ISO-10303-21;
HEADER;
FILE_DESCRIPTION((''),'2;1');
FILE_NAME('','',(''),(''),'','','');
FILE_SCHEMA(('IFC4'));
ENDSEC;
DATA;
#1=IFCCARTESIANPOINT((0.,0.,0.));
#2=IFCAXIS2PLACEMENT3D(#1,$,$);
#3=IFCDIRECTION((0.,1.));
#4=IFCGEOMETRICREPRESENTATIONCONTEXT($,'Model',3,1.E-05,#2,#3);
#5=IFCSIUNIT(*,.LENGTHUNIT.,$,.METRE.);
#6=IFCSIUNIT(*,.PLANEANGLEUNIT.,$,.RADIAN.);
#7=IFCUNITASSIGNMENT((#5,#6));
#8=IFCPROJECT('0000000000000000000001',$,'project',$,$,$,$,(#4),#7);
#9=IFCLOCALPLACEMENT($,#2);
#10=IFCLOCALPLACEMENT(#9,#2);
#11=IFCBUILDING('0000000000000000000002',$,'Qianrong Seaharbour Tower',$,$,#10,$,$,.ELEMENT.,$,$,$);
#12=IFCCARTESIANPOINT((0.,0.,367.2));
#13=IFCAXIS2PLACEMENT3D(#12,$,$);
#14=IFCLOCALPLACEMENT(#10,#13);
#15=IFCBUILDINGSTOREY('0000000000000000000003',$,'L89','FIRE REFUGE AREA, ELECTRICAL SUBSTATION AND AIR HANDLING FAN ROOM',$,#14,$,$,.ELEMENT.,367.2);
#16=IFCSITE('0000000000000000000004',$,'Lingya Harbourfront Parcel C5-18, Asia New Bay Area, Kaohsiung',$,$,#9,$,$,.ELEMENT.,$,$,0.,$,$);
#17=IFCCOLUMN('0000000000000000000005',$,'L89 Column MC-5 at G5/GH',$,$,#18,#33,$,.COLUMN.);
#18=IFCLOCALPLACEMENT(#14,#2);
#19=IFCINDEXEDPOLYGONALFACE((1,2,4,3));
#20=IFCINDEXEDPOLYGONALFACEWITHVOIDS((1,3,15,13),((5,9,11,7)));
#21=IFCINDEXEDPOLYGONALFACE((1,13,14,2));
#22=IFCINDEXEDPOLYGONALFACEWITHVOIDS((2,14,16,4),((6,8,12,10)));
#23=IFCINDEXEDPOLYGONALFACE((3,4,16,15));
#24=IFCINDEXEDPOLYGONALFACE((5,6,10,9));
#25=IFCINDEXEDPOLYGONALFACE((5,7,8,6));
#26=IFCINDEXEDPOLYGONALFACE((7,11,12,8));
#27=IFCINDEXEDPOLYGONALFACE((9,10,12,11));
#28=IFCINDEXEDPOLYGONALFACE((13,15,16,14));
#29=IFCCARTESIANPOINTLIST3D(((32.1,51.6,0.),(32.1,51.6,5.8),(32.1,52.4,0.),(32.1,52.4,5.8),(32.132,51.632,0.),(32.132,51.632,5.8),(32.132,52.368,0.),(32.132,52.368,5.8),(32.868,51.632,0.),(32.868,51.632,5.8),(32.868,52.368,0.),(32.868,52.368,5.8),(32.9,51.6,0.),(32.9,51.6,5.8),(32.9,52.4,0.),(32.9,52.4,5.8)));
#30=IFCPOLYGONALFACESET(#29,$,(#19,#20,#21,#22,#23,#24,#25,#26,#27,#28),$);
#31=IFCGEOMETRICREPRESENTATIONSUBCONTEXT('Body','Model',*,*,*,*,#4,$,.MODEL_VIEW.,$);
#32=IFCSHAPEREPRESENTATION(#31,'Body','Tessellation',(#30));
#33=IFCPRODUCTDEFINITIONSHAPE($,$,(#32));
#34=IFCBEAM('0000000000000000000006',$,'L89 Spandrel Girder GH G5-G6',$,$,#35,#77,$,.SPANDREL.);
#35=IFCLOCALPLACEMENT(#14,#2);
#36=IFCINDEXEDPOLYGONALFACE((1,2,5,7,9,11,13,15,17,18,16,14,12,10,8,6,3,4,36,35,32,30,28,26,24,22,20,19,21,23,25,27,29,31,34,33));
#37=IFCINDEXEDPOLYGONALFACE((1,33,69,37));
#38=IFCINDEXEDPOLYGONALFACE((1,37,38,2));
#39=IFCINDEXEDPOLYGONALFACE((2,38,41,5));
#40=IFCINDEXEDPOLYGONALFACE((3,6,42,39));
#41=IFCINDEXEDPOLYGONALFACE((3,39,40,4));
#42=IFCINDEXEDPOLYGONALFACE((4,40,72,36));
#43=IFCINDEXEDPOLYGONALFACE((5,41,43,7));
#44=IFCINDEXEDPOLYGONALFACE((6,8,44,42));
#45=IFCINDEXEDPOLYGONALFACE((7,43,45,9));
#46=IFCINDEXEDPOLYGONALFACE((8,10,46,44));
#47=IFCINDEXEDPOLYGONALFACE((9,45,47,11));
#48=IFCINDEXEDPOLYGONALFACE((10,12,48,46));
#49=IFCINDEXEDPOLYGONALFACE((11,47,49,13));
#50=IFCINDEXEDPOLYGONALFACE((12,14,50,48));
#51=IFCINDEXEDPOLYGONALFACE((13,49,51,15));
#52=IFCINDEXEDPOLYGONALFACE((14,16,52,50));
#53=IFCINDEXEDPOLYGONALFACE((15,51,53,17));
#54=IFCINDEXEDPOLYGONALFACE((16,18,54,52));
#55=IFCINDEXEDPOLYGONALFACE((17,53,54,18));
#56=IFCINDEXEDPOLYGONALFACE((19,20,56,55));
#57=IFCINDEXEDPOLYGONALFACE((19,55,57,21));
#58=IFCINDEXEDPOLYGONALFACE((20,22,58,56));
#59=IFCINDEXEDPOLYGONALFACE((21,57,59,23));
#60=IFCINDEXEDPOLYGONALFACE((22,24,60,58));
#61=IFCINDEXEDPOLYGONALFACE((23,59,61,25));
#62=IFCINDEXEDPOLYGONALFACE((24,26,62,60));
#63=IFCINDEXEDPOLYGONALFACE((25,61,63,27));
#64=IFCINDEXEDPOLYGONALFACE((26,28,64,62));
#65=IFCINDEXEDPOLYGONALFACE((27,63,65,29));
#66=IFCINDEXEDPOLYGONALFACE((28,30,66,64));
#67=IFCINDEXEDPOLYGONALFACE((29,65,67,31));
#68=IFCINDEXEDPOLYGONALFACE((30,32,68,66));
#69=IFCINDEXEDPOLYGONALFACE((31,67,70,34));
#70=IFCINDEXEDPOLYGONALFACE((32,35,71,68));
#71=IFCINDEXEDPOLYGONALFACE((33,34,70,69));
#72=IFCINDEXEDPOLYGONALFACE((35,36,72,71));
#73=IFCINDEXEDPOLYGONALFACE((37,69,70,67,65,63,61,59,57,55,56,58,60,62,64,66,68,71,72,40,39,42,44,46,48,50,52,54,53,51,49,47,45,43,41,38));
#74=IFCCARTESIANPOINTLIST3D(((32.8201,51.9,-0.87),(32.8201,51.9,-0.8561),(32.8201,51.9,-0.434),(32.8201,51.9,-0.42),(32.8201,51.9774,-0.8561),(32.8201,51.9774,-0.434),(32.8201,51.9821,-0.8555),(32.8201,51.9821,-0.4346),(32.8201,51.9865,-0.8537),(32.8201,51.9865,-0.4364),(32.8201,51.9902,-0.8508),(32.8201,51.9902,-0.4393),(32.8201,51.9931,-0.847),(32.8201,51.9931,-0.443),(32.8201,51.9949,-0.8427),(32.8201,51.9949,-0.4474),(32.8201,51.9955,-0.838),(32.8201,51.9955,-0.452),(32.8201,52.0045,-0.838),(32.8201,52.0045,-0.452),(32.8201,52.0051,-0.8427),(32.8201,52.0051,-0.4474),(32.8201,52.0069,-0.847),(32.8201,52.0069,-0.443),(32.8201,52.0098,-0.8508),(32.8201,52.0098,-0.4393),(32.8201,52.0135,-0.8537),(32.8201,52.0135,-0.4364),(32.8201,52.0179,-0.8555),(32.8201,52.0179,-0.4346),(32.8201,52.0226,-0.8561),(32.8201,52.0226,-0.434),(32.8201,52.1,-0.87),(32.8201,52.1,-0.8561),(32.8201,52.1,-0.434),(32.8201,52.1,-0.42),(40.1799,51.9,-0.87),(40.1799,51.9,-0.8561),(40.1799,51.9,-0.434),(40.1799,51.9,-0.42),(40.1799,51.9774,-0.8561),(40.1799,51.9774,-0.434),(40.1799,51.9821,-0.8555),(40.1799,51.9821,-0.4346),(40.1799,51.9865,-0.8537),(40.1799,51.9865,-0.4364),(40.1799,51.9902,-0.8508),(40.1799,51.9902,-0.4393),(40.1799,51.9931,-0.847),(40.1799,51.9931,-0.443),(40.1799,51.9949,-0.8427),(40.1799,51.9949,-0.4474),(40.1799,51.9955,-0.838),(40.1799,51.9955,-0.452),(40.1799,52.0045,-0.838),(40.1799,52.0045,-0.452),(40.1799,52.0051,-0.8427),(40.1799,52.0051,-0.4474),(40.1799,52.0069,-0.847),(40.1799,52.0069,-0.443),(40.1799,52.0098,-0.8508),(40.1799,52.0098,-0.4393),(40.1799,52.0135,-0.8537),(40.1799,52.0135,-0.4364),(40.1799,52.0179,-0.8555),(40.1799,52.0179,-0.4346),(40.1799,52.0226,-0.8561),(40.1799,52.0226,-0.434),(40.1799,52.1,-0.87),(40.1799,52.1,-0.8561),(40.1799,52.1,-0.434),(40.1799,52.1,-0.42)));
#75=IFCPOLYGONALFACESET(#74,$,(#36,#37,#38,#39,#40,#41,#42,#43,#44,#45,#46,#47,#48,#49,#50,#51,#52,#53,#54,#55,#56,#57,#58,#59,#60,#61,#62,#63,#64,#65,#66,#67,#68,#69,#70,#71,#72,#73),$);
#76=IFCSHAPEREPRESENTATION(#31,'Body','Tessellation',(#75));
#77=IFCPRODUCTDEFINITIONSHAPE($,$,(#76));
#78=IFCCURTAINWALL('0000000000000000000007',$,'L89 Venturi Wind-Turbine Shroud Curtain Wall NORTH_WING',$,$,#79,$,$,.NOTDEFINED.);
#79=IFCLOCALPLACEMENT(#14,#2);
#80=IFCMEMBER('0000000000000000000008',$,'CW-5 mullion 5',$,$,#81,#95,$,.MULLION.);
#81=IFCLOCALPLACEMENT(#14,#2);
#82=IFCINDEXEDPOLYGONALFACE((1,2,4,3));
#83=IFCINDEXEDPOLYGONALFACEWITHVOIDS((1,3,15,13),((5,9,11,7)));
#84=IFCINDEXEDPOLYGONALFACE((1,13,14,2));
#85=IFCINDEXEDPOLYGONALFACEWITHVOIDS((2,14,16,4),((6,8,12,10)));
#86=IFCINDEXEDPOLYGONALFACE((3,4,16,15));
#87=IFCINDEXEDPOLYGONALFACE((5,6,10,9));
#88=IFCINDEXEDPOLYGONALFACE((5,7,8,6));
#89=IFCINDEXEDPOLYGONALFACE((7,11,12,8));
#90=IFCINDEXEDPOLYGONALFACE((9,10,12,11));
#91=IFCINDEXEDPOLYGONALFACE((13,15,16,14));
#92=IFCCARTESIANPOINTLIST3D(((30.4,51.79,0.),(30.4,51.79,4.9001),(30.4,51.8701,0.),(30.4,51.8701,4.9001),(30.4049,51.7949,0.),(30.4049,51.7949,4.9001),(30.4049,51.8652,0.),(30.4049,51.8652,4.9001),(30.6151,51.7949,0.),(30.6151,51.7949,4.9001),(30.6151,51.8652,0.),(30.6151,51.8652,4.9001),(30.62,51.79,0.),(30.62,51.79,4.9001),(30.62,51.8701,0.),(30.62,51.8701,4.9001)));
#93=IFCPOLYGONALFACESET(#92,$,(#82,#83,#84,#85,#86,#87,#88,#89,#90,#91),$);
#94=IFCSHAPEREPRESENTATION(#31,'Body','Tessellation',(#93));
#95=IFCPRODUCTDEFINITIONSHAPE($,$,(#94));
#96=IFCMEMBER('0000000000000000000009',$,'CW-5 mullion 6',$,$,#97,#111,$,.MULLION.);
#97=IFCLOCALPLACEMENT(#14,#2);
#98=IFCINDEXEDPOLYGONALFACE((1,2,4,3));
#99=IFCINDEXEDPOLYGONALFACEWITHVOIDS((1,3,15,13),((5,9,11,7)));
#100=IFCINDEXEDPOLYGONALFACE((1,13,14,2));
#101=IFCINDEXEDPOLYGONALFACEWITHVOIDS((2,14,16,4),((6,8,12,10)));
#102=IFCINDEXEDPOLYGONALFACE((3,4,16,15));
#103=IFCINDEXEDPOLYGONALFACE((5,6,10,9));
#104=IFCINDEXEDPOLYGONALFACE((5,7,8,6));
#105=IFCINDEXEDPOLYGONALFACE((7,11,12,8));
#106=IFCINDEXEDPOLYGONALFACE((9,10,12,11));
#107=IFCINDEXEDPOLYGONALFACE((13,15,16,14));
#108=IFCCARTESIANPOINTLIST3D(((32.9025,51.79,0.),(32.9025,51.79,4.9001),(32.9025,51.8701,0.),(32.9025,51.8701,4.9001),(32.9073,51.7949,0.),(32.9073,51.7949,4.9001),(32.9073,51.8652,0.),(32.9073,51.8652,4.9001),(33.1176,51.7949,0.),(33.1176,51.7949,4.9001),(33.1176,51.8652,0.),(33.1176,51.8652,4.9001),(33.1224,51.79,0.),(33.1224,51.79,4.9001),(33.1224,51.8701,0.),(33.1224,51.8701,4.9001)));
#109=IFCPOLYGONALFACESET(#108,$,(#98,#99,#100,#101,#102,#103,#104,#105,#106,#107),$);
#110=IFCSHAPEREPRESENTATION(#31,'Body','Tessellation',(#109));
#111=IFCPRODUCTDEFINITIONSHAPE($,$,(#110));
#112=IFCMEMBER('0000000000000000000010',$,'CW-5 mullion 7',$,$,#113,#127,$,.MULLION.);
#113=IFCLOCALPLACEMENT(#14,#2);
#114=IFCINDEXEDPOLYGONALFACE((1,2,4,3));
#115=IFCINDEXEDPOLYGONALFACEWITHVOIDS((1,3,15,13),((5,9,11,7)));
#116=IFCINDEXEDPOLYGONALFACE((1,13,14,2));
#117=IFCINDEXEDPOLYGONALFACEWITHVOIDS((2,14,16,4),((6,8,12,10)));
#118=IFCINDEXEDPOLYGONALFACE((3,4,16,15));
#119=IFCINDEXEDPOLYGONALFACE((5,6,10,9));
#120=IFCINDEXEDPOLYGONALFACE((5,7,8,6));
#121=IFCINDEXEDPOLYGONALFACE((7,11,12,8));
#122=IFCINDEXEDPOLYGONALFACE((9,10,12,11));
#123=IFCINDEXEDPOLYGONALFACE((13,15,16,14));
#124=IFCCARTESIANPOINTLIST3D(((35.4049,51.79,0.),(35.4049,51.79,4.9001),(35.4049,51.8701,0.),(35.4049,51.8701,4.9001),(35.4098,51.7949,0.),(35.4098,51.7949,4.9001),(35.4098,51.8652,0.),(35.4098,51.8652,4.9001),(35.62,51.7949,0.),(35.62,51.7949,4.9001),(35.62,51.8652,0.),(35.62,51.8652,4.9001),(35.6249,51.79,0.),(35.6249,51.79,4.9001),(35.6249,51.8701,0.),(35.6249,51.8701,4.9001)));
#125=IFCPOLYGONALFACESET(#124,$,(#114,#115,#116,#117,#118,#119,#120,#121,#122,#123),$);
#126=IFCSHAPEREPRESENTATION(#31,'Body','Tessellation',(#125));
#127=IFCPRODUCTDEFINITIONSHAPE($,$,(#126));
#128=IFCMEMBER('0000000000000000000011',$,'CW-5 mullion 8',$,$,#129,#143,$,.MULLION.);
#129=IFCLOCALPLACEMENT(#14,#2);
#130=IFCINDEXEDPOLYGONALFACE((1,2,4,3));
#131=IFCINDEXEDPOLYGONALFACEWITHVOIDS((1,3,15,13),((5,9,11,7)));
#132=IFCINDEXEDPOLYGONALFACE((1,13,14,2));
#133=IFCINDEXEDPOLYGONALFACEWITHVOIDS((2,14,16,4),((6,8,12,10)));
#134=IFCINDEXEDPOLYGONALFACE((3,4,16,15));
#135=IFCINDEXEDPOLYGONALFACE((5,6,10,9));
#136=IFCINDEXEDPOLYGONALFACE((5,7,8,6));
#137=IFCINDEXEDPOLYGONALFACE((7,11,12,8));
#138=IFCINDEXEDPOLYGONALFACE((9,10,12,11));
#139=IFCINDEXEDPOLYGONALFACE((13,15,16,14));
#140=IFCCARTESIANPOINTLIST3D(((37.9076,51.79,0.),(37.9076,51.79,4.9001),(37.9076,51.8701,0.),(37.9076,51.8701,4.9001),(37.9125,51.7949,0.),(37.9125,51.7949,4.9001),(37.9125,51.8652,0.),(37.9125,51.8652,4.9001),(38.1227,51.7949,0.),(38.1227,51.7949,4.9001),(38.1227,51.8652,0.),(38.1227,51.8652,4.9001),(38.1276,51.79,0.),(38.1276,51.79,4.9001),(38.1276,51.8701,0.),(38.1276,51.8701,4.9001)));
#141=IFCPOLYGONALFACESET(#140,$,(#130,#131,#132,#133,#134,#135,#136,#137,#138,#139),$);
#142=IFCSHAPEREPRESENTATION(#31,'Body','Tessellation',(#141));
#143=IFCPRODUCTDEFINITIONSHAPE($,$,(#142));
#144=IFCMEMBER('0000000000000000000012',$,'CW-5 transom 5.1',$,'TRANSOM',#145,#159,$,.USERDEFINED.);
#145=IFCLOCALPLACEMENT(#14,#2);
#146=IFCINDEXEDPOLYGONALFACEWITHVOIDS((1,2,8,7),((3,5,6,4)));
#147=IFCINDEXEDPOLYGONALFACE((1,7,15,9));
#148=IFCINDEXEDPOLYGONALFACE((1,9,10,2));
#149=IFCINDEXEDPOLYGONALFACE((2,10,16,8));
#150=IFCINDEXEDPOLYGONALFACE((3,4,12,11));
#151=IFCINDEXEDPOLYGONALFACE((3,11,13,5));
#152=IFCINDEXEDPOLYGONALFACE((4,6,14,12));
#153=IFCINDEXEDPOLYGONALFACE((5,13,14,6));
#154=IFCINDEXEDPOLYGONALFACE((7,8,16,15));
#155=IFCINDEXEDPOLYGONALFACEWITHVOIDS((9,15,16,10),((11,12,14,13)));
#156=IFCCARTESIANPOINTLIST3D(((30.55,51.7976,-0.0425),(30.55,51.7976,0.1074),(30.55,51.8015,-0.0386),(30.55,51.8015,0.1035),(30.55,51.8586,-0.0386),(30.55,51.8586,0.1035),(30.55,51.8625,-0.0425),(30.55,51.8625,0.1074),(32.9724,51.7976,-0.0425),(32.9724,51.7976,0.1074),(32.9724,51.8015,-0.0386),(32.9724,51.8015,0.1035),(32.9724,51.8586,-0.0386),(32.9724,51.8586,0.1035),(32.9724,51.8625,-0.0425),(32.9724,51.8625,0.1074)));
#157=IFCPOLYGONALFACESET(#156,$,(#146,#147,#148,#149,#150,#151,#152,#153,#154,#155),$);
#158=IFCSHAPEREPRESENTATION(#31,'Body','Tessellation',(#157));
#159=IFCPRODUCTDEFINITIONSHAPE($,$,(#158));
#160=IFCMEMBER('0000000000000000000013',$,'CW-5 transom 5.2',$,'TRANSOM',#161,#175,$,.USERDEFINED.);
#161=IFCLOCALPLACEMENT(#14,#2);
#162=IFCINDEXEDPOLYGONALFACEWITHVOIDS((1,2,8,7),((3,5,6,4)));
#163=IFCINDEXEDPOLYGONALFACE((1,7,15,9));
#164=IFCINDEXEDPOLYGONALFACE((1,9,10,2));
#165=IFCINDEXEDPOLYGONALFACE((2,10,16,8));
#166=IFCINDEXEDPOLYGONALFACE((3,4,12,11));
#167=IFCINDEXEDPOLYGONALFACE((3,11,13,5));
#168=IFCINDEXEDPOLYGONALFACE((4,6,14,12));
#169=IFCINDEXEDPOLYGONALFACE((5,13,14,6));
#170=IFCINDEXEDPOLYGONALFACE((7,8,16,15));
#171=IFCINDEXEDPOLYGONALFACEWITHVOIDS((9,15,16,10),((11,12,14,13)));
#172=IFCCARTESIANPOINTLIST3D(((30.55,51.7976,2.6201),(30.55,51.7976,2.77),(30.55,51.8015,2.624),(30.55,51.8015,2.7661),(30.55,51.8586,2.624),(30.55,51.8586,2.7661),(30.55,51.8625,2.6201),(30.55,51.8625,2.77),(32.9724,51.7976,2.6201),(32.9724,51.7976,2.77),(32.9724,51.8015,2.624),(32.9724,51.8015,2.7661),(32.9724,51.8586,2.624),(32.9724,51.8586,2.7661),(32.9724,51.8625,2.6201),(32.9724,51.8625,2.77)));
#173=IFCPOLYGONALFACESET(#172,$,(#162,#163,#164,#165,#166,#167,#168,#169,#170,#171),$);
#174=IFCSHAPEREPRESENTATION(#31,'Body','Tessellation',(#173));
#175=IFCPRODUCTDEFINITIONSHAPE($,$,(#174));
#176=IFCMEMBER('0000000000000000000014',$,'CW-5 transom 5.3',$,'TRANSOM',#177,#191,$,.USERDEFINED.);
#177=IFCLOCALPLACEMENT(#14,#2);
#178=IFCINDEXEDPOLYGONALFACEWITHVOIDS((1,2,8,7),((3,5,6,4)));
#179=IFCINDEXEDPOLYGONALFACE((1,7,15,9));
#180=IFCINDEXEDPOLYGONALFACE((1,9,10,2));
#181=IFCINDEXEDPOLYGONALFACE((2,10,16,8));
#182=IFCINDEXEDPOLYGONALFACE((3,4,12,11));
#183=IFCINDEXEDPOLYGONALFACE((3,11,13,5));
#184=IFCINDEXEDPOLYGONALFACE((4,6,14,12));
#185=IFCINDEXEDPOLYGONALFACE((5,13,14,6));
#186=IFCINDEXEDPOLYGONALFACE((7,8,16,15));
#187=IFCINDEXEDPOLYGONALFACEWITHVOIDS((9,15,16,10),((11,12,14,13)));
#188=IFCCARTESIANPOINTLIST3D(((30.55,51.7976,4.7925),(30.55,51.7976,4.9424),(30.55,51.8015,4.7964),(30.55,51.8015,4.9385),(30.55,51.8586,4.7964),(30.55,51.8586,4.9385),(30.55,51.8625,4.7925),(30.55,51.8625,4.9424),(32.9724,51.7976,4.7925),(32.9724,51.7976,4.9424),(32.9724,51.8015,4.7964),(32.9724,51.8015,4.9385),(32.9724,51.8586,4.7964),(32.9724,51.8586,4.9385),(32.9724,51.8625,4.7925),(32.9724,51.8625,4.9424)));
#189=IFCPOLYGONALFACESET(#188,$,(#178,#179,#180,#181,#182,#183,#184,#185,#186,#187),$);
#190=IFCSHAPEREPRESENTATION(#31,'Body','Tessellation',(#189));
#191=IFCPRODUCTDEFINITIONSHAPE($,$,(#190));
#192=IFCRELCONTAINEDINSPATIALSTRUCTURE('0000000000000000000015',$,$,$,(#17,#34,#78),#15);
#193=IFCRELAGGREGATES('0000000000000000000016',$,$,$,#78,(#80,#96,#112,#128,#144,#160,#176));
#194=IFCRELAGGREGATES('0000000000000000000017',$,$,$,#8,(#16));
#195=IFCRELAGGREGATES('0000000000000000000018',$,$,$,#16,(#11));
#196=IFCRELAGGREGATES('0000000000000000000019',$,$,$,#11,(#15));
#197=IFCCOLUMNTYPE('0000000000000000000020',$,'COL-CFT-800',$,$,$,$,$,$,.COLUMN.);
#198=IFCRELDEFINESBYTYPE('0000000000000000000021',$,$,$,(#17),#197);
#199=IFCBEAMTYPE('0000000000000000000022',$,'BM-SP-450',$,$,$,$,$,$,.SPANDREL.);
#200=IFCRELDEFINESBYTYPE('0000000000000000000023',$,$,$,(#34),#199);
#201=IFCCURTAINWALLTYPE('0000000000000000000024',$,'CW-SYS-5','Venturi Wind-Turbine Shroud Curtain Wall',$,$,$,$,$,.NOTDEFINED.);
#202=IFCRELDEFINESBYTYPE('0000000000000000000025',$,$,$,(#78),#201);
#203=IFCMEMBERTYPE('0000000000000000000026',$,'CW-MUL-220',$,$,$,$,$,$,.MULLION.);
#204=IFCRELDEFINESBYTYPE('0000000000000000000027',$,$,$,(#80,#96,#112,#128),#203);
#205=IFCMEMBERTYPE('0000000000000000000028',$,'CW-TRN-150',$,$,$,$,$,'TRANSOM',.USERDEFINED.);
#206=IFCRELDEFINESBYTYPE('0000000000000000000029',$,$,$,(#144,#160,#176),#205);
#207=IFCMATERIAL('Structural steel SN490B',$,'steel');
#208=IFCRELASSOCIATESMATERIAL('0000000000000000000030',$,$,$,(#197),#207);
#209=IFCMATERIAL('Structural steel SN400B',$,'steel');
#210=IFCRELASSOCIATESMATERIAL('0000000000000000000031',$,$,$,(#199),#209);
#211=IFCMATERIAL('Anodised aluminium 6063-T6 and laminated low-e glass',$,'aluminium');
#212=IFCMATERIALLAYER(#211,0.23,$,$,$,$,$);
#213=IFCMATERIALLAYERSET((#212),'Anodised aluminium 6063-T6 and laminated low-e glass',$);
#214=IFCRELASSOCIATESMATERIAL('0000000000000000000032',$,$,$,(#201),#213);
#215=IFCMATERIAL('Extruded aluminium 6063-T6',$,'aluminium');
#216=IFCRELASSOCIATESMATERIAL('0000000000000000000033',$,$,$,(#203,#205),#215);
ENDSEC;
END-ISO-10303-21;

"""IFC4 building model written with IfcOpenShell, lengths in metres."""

from ifc_helpers import new_model, si_unit, direction, frame, origin, origin_2d, place, context, subcontext, project, spatial, hollow_rectangle, i_section, extrude, material, layer, layer_set, material_profile, profile_set, type_object, element, aggregate, save


model = new_model("IFC4")

# Units and contexts
model_context = context("Model", 3, precision=1e-05, world=origin(), true_north=direction((0.0, 1.0)))
body_context = subcontext(model_context, "Body", "Model", "MODEL_VIEW")
ifc_project = project(units=[si_unit("LENGTHUNIT", "METRE"), si_unit("PLANEANGLEUNIT", "RADIAN")], contexts=[model_context])

# Site, building, storey
site_placement = place(None, origin())
site = spatial("IfcSite", under=ifc_project, at=site_placement, Name="Lingya Harbourfront Parcel C5-18, Asia New Bay Area, Kaohsiung", CompositionType="ELEMENT", RefElevation=0.0)
building_placement = place(site_placement, origin())
building = spatial("IfcBuilding", under=site, at=building_placement, Name="Qianrong Seaharbour Tower", CompositionType="ELEMENT")
storey_placement = place(building_placement, frame((0.0, 0.0, 367.2)))
storey = spatial("IfcBuildingStorey", under=building, at=storey_placement, Name="L89", Description="FIRE REFUGE AREA, ELECTRICAL SUBSTATION AND AIR HANDLING FAN ROOM", CompositionType="ELEMENT", Elevation=367.2)

# Column
ifc_material_1 = material(Name="Structural steel SN490B", Category="steel")
ifc_material_profile_1 = material_profile(ifc_material_1, hollow_rectangle(XDim=0.8, YDim=0.8, WallThickness=0.032, at=origin_2d()), Name="BOX800x800x32")
ifc_profile_set_1 = profile_set([ifc_material_profile_1], Name="Structural steel SN490B")
column_type = type_object("IfcColumnType", Name="COL-CFT-800", PredefinedType="COLUMN", material=ifc_profile_set_1)
column_placement = place(storey_placement, frame((32.5, 52.0, 0.0), z_axis=(0.0, 0.0, 1.0), x_axis=(1.0, 0.0, 0.0)))
element("IfcColumn", 1, at=column_placement, inside=storey, type_object=column_type, Name="L89 Column MC-5 at G5/GH", PredefinedType="COLUMN", context=body_context, shape_type="SweptSolid", body=[
    extrude(hollow_rectangle(XDim=0.8, YDim=0.8, WallThickness=0.032, at=origin_2d()), origin(), (0.0, 0.0, 1.0), 5.8),
])

# Beam
ifc_material_2 = material(Name="Structural steel SN400B", Category="steel")
ifc_material_profile_2 = material_profile(ifc_material_2, i_section(OverallWidth=0.2, OverallDepth=0.45, WebThickness=0.009, FlangeThickness=0.0139, FilletRadius=0.0181, at=origin_2d()), Name="H450x200x9x14")
ifc_profile_set_2 = profile_set([ifc_material_profile_2], Name="Structural steel SN400B")
beam_type = type_object("IfcBeamType", Name="BM-SP-450", PredefinedType="SPANDREL", material=ifc_profile_set_2)
beam_placement = place(storey_placement, frame((32.8201, 52.0, -0.645), z_axis=(1.0, 0.0, 0.0), x_axis=(0.0, 1.0, 0.0)))
element("IfcBeam", 2, at=beam_placement, inside=storey, type_object=beam_type, Name="L89 Spandrel Girder GH G5-G6", PredefinedType="SPANDREL", context=body_context, shape_type="SweptSolid", body=[
    extrude(i_section(OverallWidth=0.2, OverallDepth=0.45, WebThickness=0.009, FlangeThickness=0.0139, FilletRadius=0.0181, at=origin_2d()), origin(), (0.0, 0.0, 1.0), 7.3599),
])

# Curtain wall, members
ifc_material_3 = material(Name="Anodised aluminium 6063-T6 and laminated low-e glass", Category="aluminium")
ifc_layer_1 = layer(ifc_material_3, 0.23)
ifc_layer_set_1 = layer_set([ifc_layer_1], Name="Anodised aluminium 6063-T6 and laminated low-e glass")
curtain_wall_type = type_object("IfcCurtainWallType", Name="CW-SYS-5", Description="Venturi Wind-Turbine Shroud Curtain Wall", PredefinedType="NOTDEFINED", material=ifc_layer_set_1)
curtain_wall_placement = place(storey_placement, origin())
curtain_wall = element("IfcCurtainWall", 3, at=curtain_wall_placement, inside=storey, type_object=curtain_wall_type, Name="L89 Venturi Wind-Turbine Shroud Curtain Wall NORTH_WING", PredefinedType="NOTDEFINED")
ifc_material_4 = material(Name="Extruded aluminium 6063-T6", Category="aluminium")
ifc_material_profile_3 = material_profile(ifc_material_4, hollow_rectangle(XDim=0.0801, YDim=0.22, WallThickness=0.0049, at=origin_2d()), Name="ALU-MUL-220x80x5")
ifc_profile_set_3 = profile_set([ifc_material_profile_3], Name="Extruded aluminium 6063-T6")
member_type_1 = type_object("IfcMemberType", Name="CW-MUL-220", PredefinedType="MULLION", material=ifc_profile_set_3)
member_1_placement = place(storey_placement, frame((30.51, 51.8301, 0.0), z_axis=(0.0, 0.0, 1.0), x_axis=(0.0, 1.0, 0.0)))
member_1 = element("IfcMember", 4, at=member_1_placement, type_object=member_type_1, Name="CW-5 mullion 5", PredefinedType="MULLION", context=body_context, shape_type="SweptSolid", body=[
    extrude(hollow_rectangle(XDim=0.0801, YDim=0.22, WallThickness=0.0049, at=origin_2d()), origin(), (0.0, 0.0, 1.0), 4.9001),
])
member_2_placement = place(storey_placement, frame((33.0125, 51.8301, 0.0), z_axis=(0.0, 0.0, 1.0), x_axis=(0.0, 1.0, 0.0)))
member_2 = element("IfcMember", 5, at=member_2_placement, type_object=member_type_1, Name="CW-5 mullion 6", PredefinedType="MULLION", context=body_context, shape_type="SweptSolid", body=[
    extrude(hollow_rectangle(XDim=0.0801, YDim=0.22, WallThickness=0.0049, at=origin_2d()), origin(), (0.0, 0.0, 1.0), 4.9001),
])
member_3_placement = place(storey_placement, frame((35.5149, 51.8301, 0.0), z_axis=(0.0, 0.0, 1.0), x_axis=(0.0, 1.0, 0.0)))
member_3 = element("IfcMember", 6, at=member_3_placement, type_object=member_type_1, Name="CW-5 mullion 7", PredefinedType="MULLION", context=body_context, shape_type="SweptSolid", body=[
    extrude(hollow_rectangle(XDim=0.0801, YDim=0.22, WallThickness=0.0049, at=origin_2d()), origin(), (0.0, 0.0, 1.0), 4.9001),
])
member_4_placement = place(storey_placement, frame((38.0176, 51.8301, 0.0), z_axis=(0.0, 0.0, 1.0), x_axis=(0.0, 1.0, 0.0)))
member_4 = element("IfcMember", 7, at=member_4_placement, type_object=member_type_1, Name="CW-5 mullion 8", PredefinedType="MULLION", context=body_context, shape_type="SweptSolid", body=[
    extrude(hollow_rectangle(XDim=0.0801, YDim=0.22, WallThickness=0.0049, at=origin_2d()), origin(), (0.0, 0.0, 1.0), 4.9001),
])
ifc_material_profile_4 = material_profile(ifc_material_4, hollow_rectangle(XDim=0.0649, YDim=0.1499, WallThickness=0.0039, at=origin_2d()), Name="ALU-TRN-150x65x4")
ifc_profile_set_4 = profile_set([ifc_material_profile_4], Name="Extruded aluminium 6063-T6")
member_type_2 = type_object("IfcMemberType", Name="CW-TRN-150", ElementType="TRANSOM", PredefinedType="USERDEFINED", material=ifc_profile_set_4)
member_5_placement = place(storey_placement, frame((30.55, 51.8301, 0.0325), z_axis=(1.0, 0.0, 0.0), x_axis=(0.0, 1.0, 0.0)))
member_5 = element("IfcMember", 8, at=member_5_placement, type_object=member_type_2, Name="CW-5 transom 5.1", ObjectType="TRANSOM", PredefinedType="USERDEFINED", context=body_context, shape_type="SweptSolid", body=[
    extrude(hollow_rectangle(XDim=0.0649, YDim=0.1499, WallThickness=0.0039, at=origin_2d()), origin(), (0.0, 0.0, 1.0), 2.4224),
])
member_6_placement = place(storey_placement, frame((30.55, 51.8301, 2.6951), z_axis=(1.0, 0.0, 0.0), x_axis=(0.0, 1.0, 0.0)))
member_6 = element("IfcMember", 9, at=member_6_placement, type_object=member_type_2, Name="CW-5 transom 5.2", ObjectType="TRANSOM", PredefinedType="USERDEFINED", context=body_context, shape_type="SweptSolid", body=[
    extrude(hollow_rectangle(XDim=0.0649, YDim=0.1499, WallThickness=0.0039, at=origin_2d()), origin(), (0.0, 0.0, 1.0), 2.4224),
])
member_7_placement = place(storey_placement, frame((30.55, 51.8301, 4.8674), z_axis=(1.0, 0.0, 0.0), x_axis=(0.0, 1.0, 0.0)))
member_7 = element("IfcMember", 10, at=member_7_placement, type_object=member_type_2, Name="CW-5 transom 5.3", ObjectType="TRANSOM", PredefinedType="USERDEFINED", context=body_context, shape_type="SweptSolid", body=[
    extrude(hollow_rectangle(XDim=0.0649, YDim=0.1499, WallThickness=0.0039, at=origin_2d()), origin(), (0.0, 0.0, 1.0), 2.4224),
])
aggregate(curtain_wall, [member_1, member_2, member_3, member_4, member_5, member_6, member_7])

save(model, "model.ifc")
